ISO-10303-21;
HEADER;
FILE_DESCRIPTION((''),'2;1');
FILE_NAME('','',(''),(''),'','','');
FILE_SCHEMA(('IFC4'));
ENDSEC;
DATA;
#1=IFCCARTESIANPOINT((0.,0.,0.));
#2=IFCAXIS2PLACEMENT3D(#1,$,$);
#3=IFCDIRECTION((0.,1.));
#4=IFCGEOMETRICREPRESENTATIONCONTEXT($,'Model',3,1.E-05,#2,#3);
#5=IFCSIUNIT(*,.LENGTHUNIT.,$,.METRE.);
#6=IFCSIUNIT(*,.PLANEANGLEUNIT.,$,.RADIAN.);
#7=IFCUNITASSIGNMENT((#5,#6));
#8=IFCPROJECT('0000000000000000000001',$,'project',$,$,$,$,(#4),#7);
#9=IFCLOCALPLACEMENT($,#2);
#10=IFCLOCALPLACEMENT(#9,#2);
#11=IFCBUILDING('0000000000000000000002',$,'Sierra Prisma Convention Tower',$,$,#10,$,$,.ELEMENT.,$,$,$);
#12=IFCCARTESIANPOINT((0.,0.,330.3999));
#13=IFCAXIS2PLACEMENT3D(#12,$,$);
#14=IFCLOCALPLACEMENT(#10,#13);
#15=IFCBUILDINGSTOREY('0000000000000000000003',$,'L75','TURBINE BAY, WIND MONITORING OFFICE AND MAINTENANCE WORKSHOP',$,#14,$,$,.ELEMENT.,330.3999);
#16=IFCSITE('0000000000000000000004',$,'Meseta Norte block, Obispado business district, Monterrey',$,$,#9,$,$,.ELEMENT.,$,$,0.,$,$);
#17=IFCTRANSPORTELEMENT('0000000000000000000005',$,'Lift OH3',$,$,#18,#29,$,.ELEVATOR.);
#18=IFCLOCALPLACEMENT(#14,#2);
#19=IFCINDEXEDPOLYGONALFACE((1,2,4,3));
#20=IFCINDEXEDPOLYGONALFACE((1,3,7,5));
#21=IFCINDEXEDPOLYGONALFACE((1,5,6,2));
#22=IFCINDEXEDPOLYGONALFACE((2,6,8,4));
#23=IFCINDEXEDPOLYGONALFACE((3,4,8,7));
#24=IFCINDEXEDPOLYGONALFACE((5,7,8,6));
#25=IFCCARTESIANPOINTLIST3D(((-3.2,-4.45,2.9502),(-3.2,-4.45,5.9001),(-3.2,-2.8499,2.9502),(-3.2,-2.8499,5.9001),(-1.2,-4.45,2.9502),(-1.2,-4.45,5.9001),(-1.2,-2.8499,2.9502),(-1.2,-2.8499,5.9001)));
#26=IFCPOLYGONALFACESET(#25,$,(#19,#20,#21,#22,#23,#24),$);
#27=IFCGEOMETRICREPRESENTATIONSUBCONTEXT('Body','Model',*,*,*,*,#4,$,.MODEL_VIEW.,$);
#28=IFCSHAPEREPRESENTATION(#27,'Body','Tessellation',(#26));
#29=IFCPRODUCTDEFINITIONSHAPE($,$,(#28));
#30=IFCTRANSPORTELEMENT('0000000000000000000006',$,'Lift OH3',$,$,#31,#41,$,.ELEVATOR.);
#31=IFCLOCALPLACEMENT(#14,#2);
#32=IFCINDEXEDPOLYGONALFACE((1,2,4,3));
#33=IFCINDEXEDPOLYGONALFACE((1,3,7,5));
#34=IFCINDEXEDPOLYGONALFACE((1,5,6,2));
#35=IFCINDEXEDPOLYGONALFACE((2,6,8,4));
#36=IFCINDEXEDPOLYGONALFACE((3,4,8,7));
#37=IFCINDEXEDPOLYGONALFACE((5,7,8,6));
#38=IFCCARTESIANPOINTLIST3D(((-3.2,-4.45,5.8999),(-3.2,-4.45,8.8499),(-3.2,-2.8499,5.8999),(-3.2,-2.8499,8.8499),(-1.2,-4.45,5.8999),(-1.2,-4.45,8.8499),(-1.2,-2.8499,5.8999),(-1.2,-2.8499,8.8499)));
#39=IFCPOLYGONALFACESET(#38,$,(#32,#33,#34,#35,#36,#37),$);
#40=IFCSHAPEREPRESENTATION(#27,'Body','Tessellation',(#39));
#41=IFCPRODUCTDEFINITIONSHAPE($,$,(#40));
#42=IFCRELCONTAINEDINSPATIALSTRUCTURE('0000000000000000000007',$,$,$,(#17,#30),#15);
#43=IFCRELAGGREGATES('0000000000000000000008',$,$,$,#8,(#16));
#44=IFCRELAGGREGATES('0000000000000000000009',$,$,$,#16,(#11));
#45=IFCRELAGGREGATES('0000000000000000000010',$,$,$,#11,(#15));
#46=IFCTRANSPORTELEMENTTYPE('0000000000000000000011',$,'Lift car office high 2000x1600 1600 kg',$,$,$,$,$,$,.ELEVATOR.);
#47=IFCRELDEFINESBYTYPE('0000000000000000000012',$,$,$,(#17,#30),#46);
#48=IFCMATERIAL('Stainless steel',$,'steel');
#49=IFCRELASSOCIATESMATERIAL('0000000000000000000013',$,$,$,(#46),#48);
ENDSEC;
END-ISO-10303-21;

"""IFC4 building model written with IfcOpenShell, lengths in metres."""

from ifc_helpers import new_model, si_unit, direction, frame, origin, origin_2d, place, context, subcontext, project, spatial, rectangle, extrude, material, type_object, element, save


model = new_model("IFC4")

# Units and contexts
model_context = context("Model", 3, precision=1e-05, world=origin(), true_north=direction((0.0, 1.0)))
body_context = subcontext(model_context, "Body", "Model", "MODEL_VIEW")
ifc_project = project(units=[si_unit("LENGTHUNIT", "METRE"), si_unit("PLANEANGLEUNIT", "RADIAN")], contexts=[model_context])

# Site, building, storey
site_placement = place(None, origin())
site = spatial("IfcSite", under=ifc_project, at=site_placement, Name="Meseta Norte block, Obispado business district, Monterrey", CompositionType="ELEMENT", RefElevation=0.0)
building_placement = place(site_placement, origin())
building = spatial("IfcBuilding", under=site, at=building_placement, Name="Sierra Prisma Convention Tower", CompositionType="ELEMENT")
storey_placement = place(building_placement, frame((0.0, 0.0, 330.3999)))
storey = spatial("IfcBuildingStorey", under=building, at=storey_placement, Name="L75", Description="TURBINE BAY, WIND MONITORING OFFICE AND MAINTENANCE WORKSHOP", CompositionType="ELEMENT", Elevation=330.3999)

# Transport elements
ifc_material_1 = material(Name="Stainless steel", Category="steel")
transport_element_type = type_object("IfcTransportElementType", Name="Lift car office high 2000x1600 1600 kg", PredefinedType="ELEVATOR", material=ifc_material_1)
for number, where, z_axis, x_axis, name in (
    (1, (-2.2, -3.6499, 2.9502), (0.0, 0.0, 1.0), (1.0, 0.0, 0.0), "Lift OH3"),
    (2, (-2.2, -3.6499, 5.8999), (0.0, 0.0, 1.0), (1.0, 0.0, 0.0), "Lift OH3"),
):
    element("IfcTransportElement", number, at=place(storey_placement, frame(where, z_axis=z_axis, x_axis=x_axis)), inside=storey, type_object=transport_element_type, Name=name, PredefinedType="ELEVATOR", context=body_context, shape_type="SweptSolid", body=[
        extrude(rectangle(XDim=2.0, YDim=1.6001, at=origin_2d()), origin(), (0.0, 0.0, 1.0), 2.95),
    ])

save(model, "model.ifc")
